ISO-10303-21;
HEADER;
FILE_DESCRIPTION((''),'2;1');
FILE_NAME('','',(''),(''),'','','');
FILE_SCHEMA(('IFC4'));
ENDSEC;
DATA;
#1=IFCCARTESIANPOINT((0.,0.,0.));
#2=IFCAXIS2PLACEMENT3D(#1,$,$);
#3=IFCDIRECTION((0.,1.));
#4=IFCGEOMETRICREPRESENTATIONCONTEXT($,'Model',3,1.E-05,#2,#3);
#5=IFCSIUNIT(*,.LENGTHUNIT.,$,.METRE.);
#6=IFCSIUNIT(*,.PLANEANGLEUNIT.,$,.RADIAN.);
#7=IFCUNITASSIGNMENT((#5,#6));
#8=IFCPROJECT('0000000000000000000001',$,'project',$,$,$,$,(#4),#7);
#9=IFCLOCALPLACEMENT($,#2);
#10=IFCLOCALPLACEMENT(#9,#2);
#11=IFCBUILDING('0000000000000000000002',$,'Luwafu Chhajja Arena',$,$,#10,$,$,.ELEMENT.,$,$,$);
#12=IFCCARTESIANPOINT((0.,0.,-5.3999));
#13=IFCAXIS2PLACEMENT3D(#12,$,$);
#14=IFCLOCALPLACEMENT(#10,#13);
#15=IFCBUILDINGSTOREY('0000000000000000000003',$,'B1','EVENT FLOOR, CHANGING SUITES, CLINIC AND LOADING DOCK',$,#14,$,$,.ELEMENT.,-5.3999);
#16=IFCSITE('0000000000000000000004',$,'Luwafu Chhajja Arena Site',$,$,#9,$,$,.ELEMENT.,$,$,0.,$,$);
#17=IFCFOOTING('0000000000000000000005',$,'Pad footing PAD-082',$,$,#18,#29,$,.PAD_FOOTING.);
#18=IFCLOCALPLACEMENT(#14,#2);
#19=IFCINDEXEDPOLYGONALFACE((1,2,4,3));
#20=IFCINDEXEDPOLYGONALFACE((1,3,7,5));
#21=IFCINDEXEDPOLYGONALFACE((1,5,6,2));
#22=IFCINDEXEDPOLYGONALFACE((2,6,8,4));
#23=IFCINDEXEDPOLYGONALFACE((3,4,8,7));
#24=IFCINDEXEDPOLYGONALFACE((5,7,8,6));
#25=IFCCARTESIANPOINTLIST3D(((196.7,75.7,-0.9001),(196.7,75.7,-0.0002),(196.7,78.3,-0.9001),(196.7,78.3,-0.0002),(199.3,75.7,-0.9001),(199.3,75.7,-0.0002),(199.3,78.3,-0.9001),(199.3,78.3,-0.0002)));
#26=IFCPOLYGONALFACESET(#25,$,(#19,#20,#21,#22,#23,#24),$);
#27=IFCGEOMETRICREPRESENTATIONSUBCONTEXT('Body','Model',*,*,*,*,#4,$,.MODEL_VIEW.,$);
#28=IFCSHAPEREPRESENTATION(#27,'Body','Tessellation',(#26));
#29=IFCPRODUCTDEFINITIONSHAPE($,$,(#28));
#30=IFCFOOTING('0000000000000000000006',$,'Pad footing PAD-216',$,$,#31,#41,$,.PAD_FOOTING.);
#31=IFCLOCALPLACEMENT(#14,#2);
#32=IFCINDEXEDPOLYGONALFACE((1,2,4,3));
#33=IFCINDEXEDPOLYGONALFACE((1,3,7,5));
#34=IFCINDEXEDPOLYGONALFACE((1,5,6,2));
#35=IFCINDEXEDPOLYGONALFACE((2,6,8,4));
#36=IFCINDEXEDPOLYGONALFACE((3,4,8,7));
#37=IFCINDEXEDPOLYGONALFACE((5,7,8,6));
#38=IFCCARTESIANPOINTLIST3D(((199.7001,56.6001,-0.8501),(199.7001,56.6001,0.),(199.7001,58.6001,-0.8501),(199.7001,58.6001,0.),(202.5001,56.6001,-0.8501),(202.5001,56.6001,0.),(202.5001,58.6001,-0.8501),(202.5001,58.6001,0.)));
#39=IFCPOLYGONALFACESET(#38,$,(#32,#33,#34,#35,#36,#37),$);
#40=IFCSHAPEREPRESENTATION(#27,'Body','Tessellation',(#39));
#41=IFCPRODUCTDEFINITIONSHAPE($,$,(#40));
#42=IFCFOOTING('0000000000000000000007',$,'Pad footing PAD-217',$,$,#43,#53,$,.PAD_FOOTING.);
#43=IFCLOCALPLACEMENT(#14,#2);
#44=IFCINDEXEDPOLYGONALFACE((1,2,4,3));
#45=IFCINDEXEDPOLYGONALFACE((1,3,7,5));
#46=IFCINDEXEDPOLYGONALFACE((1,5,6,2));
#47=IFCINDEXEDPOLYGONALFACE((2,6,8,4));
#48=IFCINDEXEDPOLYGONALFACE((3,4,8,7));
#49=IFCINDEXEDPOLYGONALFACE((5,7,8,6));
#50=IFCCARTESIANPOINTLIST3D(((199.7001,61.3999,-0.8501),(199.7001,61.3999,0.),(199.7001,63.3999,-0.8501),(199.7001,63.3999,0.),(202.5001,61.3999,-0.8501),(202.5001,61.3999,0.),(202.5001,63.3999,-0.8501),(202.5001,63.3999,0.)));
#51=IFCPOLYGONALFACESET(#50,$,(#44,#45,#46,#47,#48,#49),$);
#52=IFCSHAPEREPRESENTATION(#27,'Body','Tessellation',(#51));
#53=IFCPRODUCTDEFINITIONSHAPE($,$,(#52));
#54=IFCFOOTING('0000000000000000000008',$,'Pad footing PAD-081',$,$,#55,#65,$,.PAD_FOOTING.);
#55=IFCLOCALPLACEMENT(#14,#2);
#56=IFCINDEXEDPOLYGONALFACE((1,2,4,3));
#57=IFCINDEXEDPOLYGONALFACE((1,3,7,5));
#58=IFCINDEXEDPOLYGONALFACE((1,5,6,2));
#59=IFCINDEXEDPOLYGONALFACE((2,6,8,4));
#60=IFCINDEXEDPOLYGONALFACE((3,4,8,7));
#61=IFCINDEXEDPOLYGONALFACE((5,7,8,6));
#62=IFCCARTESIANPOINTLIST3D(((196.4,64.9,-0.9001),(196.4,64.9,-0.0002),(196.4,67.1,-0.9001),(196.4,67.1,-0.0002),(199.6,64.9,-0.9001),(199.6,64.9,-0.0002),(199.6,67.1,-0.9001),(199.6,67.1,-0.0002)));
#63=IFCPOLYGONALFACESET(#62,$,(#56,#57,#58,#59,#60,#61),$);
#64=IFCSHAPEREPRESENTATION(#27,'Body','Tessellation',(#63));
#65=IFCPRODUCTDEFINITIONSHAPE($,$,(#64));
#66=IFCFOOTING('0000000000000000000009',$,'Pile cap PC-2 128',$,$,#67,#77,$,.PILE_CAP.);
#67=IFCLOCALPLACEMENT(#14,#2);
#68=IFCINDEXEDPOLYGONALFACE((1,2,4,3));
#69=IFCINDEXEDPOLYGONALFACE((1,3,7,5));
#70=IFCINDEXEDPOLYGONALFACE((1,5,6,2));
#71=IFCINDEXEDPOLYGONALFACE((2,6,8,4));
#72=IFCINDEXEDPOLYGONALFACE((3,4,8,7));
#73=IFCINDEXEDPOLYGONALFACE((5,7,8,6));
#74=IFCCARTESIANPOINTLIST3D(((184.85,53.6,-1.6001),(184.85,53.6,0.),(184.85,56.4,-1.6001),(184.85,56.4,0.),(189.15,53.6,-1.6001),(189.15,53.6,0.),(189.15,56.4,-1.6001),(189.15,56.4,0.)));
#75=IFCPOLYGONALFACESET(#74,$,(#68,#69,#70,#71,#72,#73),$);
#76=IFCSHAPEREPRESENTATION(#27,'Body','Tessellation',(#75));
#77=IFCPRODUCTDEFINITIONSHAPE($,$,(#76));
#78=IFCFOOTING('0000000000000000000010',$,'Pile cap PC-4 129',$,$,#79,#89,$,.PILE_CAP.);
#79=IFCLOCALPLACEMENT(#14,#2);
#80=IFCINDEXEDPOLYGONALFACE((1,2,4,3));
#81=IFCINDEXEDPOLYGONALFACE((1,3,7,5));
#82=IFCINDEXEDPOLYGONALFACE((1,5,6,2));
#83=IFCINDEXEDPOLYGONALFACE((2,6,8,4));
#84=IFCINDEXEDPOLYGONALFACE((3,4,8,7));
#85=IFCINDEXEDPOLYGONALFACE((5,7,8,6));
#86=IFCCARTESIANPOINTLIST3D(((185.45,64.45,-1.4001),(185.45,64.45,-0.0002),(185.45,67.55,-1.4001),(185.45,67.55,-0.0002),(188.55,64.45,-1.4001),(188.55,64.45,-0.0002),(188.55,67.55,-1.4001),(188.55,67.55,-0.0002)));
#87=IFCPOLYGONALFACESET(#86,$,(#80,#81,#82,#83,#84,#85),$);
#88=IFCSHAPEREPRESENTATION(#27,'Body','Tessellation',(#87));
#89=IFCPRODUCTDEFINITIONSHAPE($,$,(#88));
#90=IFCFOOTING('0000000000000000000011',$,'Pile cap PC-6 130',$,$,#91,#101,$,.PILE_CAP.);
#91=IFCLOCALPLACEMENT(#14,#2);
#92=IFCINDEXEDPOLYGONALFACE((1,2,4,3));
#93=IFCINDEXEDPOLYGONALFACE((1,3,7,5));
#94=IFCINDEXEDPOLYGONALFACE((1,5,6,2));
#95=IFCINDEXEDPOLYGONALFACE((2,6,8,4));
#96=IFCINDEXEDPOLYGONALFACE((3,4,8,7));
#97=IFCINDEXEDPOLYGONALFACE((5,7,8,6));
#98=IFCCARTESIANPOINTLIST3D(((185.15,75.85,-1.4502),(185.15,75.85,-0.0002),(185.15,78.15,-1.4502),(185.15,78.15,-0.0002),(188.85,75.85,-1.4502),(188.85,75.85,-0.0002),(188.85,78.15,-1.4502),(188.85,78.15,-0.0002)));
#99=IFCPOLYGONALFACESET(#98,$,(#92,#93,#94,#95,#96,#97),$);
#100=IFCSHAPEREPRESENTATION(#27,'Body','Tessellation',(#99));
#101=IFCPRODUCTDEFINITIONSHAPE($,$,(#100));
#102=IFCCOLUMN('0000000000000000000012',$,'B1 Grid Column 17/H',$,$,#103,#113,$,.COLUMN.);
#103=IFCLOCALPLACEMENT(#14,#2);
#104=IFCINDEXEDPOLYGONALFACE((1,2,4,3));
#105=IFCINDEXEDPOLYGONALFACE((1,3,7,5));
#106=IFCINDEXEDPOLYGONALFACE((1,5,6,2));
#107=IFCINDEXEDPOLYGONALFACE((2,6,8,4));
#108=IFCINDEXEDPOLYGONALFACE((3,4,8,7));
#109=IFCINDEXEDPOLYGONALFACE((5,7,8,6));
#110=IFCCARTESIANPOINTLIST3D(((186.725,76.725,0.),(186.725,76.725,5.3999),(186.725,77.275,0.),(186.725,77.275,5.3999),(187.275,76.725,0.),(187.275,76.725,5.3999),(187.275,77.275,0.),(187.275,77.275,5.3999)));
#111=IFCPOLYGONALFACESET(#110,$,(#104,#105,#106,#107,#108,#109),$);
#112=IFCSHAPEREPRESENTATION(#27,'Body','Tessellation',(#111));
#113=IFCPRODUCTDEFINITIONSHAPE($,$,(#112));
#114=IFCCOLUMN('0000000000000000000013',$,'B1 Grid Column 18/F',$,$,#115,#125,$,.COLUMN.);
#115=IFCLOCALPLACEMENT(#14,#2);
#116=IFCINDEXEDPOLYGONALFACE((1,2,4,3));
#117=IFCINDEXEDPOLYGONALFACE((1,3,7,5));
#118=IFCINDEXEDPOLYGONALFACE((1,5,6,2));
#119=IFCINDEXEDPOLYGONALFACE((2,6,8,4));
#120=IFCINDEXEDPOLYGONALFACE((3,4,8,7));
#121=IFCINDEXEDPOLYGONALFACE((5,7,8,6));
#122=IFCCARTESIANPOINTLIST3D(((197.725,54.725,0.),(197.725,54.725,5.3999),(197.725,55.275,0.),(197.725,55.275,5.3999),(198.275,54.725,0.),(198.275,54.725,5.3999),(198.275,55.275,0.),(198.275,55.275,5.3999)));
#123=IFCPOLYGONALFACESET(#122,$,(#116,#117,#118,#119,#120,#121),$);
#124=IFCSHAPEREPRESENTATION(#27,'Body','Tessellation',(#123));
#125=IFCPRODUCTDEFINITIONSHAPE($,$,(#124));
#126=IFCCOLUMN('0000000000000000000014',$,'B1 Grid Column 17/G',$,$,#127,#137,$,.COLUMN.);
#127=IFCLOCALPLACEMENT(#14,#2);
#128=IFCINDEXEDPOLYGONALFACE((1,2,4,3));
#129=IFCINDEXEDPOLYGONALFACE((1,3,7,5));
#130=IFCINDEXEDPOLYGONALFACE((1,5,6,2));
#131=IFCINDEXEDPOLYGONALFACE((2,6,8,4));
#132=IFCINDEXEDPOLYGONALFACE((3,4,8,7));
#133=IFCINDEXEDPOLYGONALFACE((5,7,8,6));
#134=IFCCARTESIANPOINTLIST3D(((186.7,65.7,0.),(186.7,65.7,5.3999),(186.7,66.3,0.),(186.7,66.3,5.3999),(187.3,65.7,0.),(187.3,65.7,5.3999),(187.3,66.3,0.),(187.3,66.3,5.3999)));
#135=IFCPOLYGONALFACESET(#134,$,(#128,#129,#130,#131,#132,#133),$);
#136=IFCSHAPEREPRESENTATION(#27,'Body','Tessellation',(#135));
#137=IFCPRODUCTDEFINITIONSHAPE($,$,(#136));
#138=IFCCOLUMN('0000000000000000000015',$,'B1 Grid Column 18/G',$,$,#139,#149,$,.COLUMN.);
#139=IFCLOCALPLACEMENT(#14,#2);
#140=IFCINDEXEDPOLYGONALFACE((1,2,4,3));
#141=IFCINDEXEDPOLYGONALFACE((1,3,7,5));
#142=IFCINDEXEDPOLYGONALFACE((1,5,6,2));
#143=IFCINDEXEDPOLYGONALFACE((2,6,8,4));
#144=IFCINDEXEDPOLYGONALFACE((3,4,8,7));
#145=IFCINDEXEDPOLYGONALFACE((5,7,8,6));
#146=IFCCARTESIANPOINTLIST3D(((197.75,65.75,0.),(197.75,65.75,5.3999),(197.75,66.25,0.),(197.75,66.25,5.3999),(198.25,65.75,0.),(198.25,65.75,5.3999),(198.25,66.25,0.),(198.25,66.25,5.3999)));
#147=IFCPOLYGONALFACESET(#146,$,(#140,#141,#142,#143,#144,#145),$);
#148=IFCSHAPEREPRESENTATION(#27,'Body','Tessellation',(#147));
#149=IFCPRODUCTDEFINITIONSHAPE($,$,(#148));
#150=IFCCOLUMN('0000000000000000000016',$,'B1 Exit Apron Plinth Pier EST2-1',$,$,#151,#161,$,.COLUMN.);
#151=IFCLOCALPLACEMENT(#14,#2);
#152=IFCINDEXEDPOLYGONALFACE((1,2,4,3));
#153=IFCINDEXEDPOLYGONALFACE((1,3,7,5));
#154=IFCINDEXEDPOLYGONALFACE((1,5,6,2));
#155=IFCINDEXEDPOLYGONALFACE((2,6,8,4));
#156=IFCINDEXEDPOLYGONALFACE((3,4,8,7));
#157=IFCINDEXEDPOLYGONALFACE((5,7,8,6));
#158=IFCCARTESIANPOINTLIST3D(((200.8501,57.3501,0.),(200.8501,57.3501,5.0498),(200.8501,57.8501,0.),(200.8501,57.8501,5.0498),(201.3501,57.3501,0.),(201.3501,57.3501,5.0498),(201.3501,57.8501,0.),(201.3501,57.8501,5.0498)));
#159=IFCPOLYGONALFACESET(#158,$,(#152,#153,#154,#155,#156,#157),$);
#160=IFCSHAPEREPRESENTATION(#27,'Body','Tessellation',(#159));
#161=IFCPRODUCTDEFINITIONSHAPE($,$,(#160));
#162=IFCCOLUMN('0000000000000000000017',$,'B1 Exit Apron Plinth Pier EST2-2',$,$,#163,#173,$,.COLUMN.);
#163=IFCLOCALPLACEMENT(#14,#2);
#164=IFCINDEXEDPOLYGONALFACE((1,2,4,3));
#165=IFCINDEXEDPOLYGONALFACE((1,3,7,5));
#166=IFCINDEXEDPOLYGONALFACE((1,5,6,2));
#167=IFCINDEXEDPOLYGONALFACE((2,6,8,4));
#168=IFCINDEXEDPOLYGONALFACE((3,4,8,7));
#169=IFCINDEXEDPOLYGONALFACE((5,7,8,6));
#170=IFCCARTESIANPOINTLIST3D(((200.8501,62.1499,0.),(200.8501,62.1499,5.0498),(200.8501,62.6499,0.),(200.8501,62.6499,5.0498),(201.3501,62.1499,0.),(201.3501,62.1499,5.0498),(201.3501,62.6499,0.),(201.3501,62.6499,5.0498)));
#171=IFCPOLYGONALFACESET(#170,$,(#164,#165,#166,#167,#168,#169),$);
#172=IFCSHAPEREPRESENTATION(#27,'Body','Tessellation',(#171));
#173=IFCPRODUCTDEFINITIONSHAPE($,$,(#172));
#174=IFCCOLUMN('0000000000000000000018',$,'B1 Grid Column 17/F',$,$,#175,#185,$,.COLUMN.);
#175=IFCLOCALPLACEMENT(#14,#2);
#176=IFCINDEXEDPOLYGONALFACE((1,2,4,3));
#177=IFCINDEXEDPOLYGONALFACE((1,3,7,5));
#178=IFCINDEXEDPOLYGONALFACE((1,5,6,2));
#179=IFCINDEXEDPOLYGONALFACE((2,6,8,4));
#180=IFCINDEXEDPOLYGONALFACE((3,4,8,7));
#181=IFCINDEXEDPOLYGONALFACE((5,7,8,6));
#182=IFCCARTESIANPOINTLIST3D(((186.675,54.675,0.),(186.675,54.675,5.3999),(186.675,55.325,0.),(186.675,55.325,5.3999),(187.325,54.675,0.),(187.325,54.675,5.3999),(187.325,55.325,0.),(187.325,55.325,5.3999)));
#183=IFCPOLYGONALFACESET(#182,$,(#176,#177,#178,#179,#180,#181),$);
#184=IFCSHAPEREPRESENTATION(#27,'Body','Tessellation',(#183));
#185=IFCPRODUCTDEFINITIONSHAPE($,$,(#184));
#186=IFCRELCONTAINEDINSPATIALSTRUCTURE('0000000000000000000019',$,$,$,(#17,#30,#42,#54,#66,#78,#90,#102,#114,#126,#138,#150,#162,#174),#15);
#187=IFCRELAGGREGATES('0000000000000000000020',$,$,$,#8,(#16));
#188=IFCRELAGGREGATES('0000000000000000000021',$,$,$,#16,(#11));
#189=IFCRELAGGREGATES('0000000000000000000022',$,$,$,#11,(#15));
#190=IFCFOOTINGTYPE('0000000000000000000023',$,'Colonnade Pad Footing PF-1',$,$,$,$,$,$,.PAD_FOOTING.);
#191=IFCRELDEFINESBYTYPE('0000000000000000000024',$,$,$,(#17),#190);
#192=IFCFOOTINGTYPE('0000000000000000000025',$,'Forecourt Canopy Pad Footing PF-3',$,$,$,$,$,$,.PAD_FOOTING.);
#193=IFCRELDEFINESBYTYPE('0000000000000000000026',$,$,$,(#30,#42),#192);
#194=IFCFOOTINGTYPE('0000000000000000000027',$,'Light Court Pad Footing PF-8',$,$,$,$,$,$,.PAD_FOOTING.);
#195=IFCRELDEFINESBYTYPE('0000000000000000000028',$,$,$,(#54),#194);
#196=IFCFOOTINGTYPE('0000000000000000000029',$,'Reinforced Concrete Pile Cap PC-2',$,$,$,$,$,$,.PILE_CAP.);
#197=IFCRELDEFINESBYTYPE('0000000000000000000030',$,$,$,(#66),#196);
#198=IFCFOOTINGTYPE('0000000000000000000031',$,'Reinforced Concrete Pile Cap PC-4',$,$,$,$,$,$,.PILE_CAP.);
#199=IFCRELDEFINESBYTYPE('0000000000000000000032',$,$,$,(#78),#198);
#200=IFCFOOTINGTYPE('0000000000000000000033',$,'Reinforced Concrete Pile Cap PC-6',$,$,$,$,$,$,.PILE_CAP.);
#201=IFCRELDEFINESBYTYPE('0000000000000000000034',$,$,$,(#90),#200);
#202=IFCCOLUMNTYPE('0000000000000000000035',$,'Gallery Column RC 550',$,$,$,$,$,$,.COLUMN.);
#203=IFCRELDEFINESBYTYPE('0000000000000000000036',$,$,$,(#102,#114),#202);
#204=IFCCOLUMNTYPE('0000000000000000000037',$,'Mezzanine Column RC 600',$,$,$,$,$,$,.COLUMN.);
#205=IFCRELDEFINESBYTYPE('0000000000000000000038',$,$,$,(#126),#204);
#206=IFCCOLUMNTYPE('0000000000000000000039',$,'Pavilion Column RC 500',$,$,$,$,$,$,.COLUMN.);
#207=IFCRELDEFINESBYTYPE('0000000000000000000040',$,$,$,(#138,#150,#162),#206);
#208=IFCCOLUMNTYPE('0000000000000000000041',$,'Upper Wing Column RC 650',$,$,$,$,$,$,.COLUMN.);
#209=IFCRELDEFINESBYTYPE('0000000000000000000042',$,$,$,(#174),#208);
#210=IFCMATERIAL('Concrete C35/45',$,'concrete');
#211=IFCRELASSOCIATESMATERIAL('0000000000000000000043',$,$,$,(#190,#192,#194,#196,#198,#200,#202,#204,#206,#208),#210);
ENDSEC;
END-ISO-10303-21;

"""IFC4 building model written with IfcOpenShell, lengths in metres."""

from ifc_helpers import new_model, si_unit, direction, frame, origin, origin_2d, place, context, subcontext, project, spatial, rectangle, extrude, material, material_profile, profile_set, type_object, element, save


model = new_model("IFC4")

# Units and contexts
model_context = context("Model", 3, precision=1e-05, world=origin(), true_north=direction((0.0, 1.0)))
body_context = subcontext(model_context, "Body", "Model", "MODEL_VIEW")
ifc_project = project(units=[si_unit("LENGTHUNIT", "METRE"), si_unit("PLANEANGLEUNIT", "RADIAN")], contexts=[model_context])

# Site, building, storey
site_placement = place(None, origin())
site = spatial("IfcSite", under=ifc_project, at=site_placement, Name="Luwafu Chhajja Arena Site", CompositionType="ELEMENT", RefElevation=0.0)
building_placement = place(site_placement, origin())
building = spatial("IfcBuilding", under=site, at=building_placement, Name="Luwafu Chhajja Arena", CompositionType="ELEMENT")
storey_placement = place(building_placement, frame((0.0, 0.0, -5.3999)))
storey = spatial("IfcBuildingStorey", under=building, at=storey_placement, Name="B1", Description="EVENT FLOOR, CHANGING SUITES, CLINIC AND LOADING DOCK", CompositionType="ELEMENT", Elevation=-5.3999)

# Shared definitions
ifc_material_1 = material(Name="Concrete C35/45", Category="concrete")

# Footings
footing_type_1 = type_object("IfcFootingType", Name="Colonnade Pad Footing PF-1", PredefinedType="PAD_FOOTING", material=ifc_material_1)
footing_1_placement = place(storey_placement, frame((198.0, 77.0, -0.9001), z_axis=(0.0, 0.0, 1.0), x_axis=(1.0, 0.0, 0.0)))
element("IfcFooting", 1, at=footing_1_placement, inside=storey, type_object=footing_type_1, Name="Pad footing PAD-082", PredefinedType="PAD_FOOTING", context=body_context, shape_type="SweptSolid", body=[
    extrude(rectangle(XDim=2.6001, YDim=2.6001, at=origin_2d()), origin(), (0.0, 0.0, 1.0), 0.8999),
])
footing_type_2 = type_object("IfcFootingType", Name="Forecourt Canopy Pad Footing PF-3", PredefinedType="PAD_FOOTING", material=ifc_material_1)
for number, where, z_axis, x_axis, name in (
    (2, (201.1001, 57.6001, -0.8501), (0.0, 0.0, 1.0), (1.0, 0.0, 0.0), "Pad footing PAD-216"),
    (3, (201.1001, 62.3999, -0.8501), (0.0, 0.0, 1.0), (1.0, 0.0, 0.0), "Pad footing PAD-217"),
):
    element("IfcFooting", number, at=place(storey_placement, frame(where, z_axis=z_axis, x_axis=x_axis)), inside=storey, type_object=footing_type_2, Name=name, PredefinedType="PAD_FOOTING", context=body_context, shape_type="SweptSolid", body=[
        extrude(rectangle(XDim=2.8, YDim=2.0, at=origin_2d()), origin(), (0.0, 0.0, 1.0), 0.8501),
    ])
footing_type_3 = type_object("IfcFootingType", Name="Light Court Pad Footing PF-8", PredefinedType="PAD_FOOTING", material=ifc_material_1)
footing_2_placement = place(storey_placement, frame((198.0, 66.0, -0.9001), z_axis=(0.0, 0.0, 1.0), x_axis=(1.0, 0.0, 0.0)))
element("IfcFooting", 4, at=footing_2_placement, inside=storey, type_object=footing_type_3, Name="Pad footing PAD-081", PredefinedType="PAD_FOOTING", context=body_context, shape_type="SweptSolid", body=[
    extrude(rectangle(XDim=3.2, YDim=2.2, at=origin_2d()), origin(), (0.0, 0.0, 1.0), 0.8999),
])
footing_type_4 = type_object("IfcFootingType", Name="Reinforced Concrete Pile Cap PC-2", PredefinedType="PILE_CAP", material=ifc_material_1)
footing_3_placement = place(storey_placement, frame((187.0, 55.0, -1.6001), z_axis=(0.0, 0.0, 1.0), x_axis=(1.0, 0.0, 0.0)))
element("IfcFooting", 5, at=footing_3_placement, inside=storey, type_object=footing_type_4, Name="Pile cap PC-2 128", PredefinedType="PILE_CAP", context=body_context, shape_type="SweptSolid", body=[
    extrude(rectangle(XDim=4.3, YDim=2.8, at=origin_2d()), origin(), (0.0, 0.0, 1.0), 1.6001),
])
footing_type_5 = type_object("IfcFootingType", Name="Reinforced Concrete Pile Cap PC-4", PredefinedType="PILE_CAP", material=ifc_material_1)
footing_4_placement = place(storey_placement, frame((187.0, 66.0, -1.4001), z_axis=(0.0, 0.0, 1.0), x_axis=(1.0, 0.0, 0.0)))
element("IfcFooting", 6, at=footing_4_placement, inside=storey, type_object=footing_type_5, Name="Pile cap PC-4 129", PredefinedType="PILE_CAP", context=body_context, shape_type="SweptSolid", body=[
    extrude(rectangle(XDim=3.1001, YDim=3.1001, at=origin_2d()), origin(), (0.0, 0.0, 1.0), 1.3999),
])
footing_type_6 = type_object("IfcFootingType", Name="Reinforced Concrete Pile Cap PC-6", PredefinedType="PILE_CAP", material=ifc_material_1)
footing_5_placement = place(storey_placement, frame((187.0, 77.0, -1.4502), z_axis=(0.0, 0.0, 1.0), x_axis=(1.0, 0.0, 0.0)))
element("IfcFooting", 7, at=footing_5_placement, inside=storey, type_object=footing_type_6, Name="Pile cap PC-6 130", PredefinedType="PILE_CAP", context=body_context, shape_type="SweptSolid", body=[
    extrude(rectangle(XDim=3.7, YDim=2.3, at=origin_2d()), origin(), (0.0, 0.0, 1.0), 1.45),
])

# Columns
ifc_material_profile_1 = material_profile(ifc_material_1, rectangle(XDim=0.55, YDim=0.55, at=origin_2d()), Name="RC 550x550")
ifc_profile_set_1 = profile_set([ifc_material_profile_1], Name="Concrete C35/45")
column_type_1 = type_object("IfcColumnType", Name="Gallery Column RC 550", PredefinedType="COLUMN", material=ifc_profile_set_1)
for number, where, z_axis, x_axis, name in (
    (8, (187.0, 77.0, 0.0), (0.0, 0.0, 1.0), (1.0, 0.0, 0.0), "B1 Grid Column 17/H"),
    (9, (198.0, 55.0, 0.0), (0.0, 0.0, 1.0), (1.0, 0.0, 0.0), "B1 Grid Column 18/F"),
):
    element("IfcColumn", number, at=place(storey_placement, frame(where, z_axis=z_axis, x_axis=x_axis)), inside=storey, type_object=column_type_1, Name=name, PredefinedType="COLUMN", context=body_context, shape_type="SweptSolid", body=[
        extrude(rectangle(XDim=0.55, YDim=0.55, at=origin_2d()), origin(), (0.0, 0.0, 1.0), 5.3999),
    ])
ifc_material_profile_2 = material_profile(ifc_material_1, rectangle(XDim=0.6001, YDim=0.6001, at=origin_2d()), Name="RC 600x600")
ifc_profile_set_2 = profile_set([ifc_material_profile_2], Name="Concrete C35/45")
column_type_2 = type_object("IfcColumnType", Name="Mezzanine Column RC 600", PredefinedType="COLUMN", material=ifc_profile_set_2)
column_1_placement = place(storey_placement, frame((187.0, 66.0, 0.0), z_axis=(0.0, 0.0, 1.0), x_axis=(1.0, 0.0, 0.0)))
element("IfcColumn", 10, at=column_1_placement, inside=storey, type_object=column_type_2, Name="B1 Grid Column 17/G", PredefinedType="COLUMN", context=body_context, shape_type="SweptSolid", body=[
    extrude(rectangle(XDim=0.6001, YDim=0.6001, at=origin_2d()), origin(), (0.0, 0.0, 1.0), 5.3999),
])
ifc_material_profile_3 = material_profile(ifc_material_1, rectangle(XDim=0.5, YDim=0.5, at=origin_2d()), Name="RC 500x500")
ifc_profile_set_3 = profile_set([ifc_material_profile_3], Name="Concrete C35/45")
column_type_3 = type_object("IfcColumnType", Name="Pavilion Column RC 500", PredefinedType="COLUMN", material=ifc_profile_set_3)
column_2_placement = place(storey_placement, frame((198.0, 66.0, 0.0), z_axis=(0.0, 0.0, 1.0), x_axis=(1.0, 0.0, 0.0)))
element("IfcColumn", 11, at=column_2_placement, inside=storey, type_object=column_type_3, Name="B1 Grid Column 18/G", PredefinedType="COLUMN", context=body_context, shape_type="SweptSolid", body=[
    extrude(rectangle(XDim=0.5, YDim=0.5, at=origin_2d()), origin(), (0.0, 0.0, 1.0), 5.3999),
])
for number, where, z_axis, x_axis, name in (
    (12, (201.1001, 57.6001, 0.0), (0.0, 0.0, 1.0), (1.0, 0.0, 0.0), "B1 Exit Apron Plinth Pier EST2-1"),
    (13, (201.1001, 62.3999, 0.0), (0.0, 0.0, 1.0), (1.0, 0.0, 0.0), "B1 Exit Apron Plinth Pier EST2-2"),
):
    element("IfcColumn", number, at=place(storey_placement, frame(where, z_axis=z_axis, x_axis=x_axis)), inside=storey, type_object=column_type_3, Name=name, PredefinedType="COLUMN", context=body_context, shape_type="SweptSolid", body=[
        extrude(rectangle(XDim=0.5, YDim=0.5, at=origin_2d()), origin(), (0.0, 0.0, 1.0), 5.0498),
    ])
ifc_material_profile_4 = material_profile(ifc_material_1, rectangle(XDim=0.6499, YDim=0.6499, at=origin_2d()), Name="RC 650x650")
ifc_profile_set_4 = profile_set([ifc_material_profile_4], Name="Concrete C35/45")
column_type_4 = type_object("IfcColumnType", Name="Upper Wing Column RC 650", PredefinedType="COLUMN", material=ifc_profile_set_4)
column_3_placement = place(storey_placement, frame((187.0, 55.0, 0.0), z_axis=(0.0, 0.0, 1.0), x_axis=(1.0, 0.0, 0.0)))
element("IfcColumn", 14, at=column_3_placement, inside=storey, type_object=column_type_4, Name="B1 Grid Column 17/F", PredefinedType="COLUMN", context=body_context, shape_type="SweptSolid", body=[
    extrude(rectangle(XDim=0.6499, YDim=0.6499, at=origin_2d()), origin(), (0.0, 0.0, 1.0), 5.3999),
])

save(model, "model.ifc")
